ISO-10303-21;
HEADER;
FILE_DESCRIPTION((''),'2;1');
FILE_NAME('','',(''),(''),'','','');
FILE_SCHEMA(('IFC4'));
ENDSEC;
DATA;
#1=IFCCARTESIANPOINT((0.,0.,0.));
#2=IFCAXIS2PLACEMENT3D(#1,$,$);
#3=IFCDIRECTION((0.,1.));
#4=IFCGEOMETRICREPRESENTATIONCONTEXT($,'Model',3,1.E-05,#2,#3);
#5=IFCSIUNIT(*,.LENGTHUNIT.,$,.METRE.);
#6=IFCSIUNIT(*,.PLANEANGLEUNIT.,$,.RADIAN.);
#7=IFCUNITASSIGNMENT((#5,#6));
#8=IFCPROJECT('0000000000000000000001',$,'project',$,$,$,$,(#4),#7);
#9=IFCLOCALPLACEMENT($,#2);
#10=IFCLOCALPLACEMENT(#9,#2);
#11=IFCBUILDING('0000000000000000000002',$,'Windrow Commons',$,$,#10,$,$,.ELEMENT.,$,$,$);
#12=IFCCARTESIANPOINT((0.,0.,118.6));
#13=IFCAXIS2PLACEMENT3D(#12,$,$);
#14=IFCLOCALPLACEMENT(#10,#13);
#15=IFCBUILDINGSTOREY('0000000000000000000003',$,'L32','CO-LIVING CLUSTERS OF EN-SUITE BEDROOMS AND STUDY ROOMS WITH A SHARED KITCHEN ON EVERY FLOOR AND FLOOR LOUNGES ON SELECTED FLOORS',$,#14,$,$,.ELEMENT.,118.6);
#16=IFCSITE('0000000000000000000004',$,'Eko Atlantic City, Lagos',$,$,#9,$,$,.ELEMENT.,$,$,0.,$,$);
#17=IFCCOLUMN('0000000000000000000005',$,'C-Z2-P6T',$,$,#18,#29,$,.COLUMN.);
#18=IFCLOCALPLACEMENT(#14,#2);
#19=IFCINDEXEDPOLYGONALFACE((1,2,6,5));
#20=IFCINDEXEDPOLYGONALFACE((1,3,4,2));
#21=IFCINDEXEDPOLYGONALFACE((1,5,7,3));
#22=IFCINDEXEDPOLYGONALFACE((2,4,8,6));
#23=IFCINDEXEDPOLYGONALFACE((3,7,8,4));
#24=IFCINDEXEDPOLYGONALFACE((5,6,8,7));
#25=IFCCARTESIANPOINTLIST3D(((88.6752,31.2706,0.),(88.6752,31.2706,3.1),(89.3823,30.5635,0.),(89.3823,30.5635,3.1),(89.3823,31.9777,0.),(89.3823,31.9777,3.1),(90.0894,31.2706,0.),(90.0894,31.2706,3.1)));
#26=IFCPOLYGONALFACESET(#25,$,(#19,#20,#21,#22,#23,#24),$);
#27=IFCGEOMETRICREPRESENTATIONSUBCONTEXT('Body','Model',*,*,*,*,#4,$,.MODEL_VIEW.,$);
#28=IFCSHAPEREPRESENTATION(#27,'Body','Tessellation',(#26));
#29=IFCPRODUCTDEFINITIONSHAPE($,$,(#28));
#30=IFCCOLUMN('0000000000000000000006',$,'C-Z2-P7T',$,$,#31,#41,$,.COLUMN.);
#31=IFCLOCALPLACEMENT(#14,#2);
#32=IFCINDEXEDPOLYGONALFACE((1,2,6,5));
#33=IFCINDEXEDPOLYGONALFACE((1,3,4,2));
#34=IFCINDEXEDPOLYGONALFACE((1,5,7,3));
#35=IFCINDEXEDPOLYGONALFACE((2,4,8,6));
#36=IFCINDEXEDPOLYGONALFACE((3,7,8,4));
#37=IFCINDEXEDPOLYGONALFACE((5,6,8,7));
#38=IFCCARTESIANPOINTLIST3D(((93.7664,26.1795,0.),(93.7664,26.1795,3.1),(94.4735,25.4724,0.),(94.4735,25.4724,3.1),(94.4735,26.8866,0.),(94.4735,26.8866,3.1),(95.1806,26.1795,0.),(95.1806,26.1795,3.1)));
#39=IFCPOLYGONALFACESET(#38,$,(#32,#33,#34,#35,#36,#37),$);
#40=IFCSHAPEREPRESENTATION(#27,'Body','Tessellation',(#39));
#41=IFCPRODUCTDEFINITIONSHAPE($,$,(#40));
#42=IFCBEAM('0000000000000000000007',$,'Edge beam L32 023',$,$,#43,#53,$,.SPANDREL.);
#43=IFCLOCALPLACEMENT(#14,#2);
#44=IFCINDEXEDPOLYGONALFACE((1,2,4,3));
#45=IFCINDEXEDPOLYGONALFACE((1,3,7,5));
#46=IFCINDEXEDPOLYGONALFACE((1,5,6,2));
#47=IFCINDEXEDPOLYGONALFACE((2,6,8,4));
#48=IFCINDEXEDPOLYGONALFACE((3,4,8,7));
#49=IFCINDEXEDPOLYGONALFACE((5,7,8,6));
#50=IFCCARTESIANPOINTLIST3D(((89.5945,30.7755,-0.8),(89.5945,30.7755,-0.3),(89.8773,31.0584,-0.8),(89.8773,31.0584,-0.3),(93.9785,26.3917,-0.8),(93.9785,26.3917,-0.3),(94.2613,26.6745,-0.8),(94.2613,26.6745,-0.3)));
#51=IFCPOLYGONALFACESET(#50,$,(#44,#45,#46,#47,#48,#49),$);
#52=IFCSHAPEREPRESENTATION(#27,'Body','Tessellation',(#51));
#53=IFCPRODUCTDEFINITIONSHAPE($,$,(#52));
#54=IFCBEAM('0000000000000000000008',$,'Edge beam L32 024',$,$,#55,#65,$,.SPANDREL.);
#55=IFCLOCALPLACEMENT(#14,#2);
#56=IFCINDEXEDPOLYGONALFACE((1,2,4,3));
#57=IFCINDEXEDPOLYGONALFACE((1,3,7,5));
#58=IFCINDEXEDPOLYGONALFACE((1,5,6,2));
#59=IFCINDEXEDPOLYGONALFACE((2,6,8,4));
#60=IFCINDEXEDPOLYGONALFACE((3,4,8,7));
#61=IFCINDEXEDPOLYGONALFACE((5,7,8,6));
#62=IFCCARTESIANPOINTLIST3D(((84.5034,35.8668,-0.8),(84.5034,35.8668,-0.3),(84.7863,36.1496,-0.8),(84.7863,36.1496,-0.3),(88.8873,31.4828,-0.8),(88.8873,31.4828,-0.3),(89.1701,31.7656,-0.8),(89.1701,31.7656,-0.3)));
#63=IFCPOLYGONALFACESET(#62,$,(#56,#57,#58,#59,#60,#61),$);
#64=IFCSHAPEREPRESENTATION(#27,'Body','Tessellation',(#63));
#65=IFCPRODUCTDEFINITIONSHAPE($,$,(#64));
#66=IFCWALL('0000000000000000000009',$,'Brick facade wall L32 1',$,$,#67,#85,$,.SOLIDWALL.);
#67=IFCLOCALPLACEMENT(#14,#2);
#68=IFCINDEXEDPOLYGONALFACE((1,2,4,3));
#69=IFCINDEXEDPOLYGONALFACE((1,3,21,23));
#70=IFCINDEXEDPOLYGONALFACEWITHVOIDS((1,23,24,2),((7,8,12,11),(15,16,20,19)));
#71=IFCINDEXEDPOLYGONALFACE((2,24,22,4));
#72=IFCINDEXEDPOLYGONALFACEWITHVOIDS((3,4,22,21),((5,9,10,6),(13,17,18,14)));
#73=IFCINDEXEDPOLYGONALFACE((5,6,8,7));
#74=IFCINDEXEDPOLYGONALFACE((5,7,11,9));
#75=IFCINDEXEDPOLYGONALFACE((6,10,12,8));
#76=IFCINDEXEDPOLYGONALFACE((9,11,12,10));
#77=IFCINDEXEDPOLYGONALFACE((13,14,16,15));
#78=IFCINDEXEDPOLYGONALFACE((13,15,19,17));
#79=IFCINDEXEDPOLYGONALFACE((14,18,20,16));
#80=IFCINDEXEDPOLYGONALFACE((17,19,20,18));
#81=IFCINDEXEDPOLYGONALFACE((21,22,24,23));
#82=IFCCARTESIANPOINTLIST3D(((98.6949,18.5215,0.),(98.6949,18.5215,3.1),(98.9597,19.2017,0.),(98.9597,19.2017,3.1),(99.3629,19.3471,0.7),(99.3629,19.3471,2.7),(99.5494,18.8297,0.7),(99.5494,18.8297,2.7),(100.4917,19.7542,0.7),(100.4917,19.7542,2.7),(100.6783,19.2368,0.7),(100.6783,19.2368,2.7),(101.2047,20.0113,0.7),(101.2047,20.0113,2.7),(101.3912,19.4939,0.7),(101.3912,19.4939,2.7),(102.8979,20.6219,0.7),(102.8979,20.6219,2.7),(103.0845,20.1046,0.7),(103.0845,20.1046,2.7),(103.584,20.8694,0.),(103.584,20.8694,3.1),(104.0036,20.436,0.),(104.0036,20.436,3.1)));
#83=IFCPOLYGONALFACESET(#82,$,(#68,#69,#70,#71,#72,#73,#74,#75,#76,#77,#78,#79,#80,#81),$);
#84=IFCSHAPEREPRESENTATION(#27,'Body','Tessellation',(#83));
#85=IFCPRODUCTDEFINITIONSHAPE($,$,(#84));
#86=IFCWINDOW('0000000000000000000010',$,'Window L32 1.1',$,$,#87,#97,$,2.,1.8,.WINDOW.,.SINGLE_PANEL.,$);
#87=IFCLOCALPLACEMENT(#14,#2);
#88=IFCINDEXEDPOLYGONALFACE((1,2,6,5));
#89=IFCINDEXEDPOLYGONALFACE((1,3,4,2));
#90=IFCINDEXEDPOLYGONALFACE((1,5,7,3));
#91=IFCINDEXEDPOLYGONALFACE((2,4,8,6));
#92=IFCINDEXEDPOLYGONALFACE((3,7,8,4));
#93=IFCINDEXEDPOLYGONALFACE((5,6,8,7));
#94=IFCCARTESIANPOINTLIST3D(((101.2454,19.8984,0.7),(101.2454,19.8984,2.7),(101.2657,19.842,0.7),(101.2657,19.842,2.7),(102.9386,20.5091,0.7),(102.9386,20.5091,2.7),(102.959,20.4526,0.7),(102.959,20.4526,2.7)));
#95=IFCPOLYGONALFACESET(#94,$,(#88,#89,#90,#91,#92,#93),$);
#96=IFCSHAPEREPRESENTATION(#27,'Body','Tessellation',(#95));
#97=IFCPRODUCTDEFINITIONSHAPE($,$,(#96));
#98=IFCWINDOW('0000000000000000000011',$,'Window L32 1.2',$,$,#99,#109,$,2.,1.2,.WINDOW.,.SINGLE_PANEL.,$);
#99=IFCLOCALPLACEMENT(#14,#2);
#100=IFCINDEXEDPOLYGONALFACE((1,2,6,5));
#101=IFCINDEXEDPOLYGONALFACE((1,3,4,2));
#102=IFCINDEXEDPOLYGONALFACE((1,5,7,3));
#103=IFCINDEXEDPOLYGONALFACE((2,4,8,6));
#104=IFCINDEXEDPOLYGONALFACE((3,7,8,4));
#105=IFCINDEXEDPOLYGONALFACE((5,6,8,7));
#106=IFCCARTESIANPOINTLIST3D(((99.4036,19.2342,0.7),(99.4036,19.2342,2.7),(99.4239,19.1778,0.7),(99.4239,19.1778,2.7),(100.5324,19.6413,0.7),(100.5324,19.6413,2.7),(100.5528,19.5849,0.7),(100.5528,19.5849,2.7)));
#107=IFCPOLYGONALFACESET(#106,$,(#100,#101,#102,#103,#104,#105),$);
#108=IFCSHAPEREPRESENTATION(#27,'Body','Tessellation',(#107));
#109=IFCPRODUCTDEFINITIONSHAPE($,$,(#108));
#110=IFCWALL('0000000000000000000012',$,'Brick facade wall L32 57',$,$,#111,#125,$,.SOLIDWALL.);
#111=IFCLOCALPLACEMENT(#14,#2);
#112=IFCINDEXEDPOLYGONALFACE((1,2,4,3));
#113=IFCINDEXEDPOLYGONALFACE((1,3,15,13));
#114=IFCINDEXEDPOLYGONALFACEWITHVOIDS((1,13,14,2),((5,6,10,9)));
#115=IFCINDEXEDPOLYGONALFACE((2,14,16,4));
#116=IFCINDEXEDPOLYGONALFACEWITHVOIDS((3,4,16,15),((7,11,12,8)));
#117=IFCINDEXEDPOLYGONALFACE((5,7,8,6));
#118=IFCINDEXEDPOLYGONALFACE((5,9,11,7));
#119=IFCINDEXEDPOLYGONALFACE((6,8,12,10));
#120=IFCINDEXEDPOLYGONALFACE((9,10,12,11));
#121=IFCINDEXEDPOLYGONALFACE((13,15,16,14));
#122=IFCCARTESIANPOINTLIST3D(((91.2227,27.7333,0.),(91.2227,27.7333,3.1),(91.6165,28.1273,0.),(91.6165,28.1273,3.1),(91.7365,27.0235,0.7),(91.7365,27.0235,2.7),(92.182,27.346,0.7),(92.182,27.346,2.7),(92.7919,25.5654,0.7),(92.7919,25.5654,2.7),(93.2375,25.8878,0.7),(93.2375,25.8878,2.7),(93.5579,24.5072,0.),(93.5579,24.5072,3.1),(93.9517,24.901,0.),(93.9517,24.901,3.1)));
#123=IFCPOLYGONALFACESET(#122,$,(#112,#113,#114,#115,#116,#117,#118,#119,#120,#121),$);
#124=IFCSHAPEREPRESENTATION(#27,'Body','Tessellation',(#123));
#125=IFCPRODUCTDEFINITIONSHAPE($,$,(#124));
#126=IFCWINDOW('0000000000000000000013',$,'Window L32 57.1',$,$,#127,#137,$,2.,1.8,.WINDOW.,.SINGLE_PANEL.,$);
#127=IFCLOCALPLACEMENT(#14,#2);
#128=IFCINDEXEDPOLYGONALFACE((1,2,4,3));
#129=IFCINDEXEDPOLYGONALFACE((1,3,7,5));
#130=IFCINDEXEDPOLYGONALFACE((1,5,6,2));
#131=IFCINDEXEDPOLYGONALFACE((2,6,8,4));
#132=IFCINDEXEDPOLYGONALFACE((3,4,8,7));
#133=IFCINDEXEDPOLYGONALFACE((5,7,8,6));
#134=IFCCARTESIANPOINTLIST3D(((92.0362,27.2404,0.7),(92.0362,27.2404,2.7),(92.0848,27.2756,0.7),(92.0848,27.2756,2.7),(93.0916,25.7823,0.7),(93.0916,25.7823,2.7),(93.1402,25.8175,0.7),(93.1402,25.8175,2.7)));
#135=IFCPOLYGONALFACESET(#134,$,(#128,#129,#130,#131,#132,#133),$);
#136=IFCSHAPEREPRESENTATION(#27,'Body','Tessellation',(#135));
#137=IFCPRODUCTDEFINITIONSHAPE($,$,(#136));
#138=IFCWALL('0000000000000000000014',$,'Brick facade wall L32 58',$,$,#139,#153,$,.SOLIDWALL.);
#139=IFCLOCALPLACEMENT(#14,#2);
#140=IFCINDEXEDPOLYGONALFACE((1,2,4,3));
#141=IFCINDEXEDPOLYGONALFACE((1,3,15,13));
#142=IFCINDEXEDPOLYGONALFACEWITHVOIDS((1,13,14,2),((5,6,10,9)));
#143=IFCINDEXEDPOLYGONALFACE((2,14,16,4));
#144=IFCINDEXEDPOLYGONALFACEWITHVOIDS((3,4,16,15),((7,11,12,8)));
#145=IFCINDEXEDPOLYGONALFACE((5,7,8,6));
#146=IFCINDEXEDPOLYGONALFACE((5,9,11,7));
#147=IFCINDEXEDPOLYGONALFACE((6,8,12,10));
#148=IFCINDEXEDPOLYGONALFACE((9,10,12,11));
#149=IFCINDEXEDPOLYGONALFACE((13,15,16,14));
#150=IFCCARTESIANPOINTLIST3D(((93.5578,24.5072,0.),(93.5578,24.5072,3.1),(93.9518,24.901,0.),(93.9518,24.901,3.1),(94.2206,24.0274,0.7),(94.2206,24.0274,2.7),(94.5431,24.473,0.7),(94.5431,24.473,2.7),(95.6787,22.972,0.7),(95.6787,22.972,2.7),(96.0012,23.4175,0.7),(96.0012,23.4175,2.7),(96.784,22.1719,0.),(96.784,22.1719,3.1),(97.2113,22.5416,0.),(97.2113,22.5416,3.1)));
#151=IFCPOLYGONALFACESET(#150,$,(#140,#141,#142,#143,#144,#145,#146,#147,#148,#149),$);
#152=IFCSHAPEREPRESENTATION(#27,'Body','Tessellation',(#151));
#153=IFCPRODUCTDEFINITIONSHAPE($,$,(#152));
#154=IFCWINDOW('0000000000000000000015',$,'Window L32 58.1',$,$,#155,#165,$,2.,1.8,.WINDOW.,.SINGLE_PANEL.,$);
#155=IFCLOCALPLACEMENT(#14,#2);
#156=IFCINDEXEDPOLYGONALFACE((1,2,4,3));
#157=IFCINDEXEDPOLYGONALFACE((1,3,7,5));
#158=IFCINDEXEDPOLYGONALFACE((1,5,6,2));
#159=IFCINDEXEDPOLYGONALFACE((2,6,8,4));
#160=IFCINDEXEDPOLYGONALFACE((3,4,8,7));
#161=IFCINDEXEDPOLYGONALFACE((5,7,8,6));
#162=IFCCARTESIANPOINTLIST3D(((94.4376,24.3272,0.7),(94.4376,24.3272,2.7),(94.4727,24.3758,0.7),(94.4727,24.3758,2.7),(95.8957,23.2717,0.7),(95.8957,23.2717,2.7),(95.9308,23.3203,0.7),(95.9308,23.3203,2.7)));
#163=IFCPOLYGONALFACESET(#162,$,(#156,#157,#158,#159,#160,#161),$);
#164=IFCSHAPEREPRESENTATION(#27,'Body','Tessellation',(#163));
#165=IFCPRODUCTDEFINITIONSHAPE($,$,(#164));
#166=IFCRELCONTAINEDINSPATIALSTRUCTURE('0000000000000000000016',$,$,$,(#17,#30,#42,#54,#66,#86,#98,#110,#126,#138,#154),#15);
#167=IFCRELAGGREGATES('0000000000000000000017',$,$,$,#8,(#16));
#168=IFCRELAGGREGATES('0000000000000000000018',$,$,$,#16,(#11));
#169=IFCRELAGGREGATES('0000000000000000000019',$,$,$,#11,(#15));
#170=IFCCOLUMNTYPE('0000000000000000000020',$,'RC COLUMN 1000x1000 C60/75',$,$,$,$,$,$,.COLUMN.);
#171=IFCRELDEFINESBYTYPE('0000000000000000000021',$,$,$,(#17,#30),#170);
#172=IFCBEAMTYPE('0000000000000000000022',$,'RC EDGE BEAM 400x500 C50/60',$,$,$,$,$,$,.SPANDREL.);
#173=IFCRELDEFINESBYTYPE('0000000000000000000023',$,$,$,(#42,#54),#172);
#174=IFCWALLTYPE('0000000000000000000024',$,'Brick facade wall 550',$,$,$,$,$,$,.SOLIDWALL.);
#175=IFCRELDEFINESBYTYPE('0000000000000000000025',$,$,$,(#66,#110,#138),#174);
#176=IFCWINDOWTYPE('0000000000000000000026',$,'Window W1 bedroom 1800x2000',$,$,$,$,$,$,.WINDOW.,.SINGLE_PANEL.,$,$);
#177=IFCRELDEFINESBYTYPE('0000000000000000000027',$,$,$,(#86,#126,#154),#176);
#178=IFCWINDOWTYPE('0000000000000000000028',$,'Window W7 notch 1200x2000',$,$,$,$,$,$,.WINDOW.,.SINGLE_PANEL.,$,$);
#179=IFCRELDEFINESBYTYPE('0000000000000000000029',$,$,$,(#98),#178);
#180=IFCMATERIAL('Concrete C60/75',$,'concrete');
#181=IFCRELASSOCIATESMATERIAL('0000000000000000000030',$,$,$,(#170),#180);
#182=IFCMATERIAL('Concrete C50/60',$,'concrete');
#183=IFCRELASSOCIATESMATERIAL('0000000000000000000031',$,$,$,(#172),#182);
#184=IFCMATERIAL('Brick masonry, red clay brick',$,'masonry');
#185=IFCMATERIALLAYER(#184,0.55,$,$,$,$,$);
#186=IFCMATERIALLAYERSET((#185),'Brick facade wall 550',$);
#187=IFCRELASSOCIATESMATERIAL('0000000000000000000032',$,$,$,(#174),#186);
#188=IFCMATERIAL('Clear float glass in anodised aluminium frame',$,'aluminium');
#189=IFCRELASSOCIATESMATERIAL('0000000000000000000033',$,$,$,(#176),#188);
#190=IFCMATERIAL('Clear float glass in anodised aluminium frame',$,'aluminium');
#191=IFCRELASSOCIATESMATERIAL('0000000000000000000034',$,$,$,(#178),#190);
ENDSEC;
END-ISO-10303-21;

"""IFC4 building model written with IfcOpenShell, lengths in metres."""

from ifc_helpers import new_model, si_unit, direction, frame, frame_2d, origin, origin_2d, place, context, subcontext, project, spatial, polyline, rectangle, outline, extrude, material, layer, layer_set, material_profile, profile_set, type_object, element, fill, save


model = new_model("IFC4")

# Units and contexts
model_context = context("Model", 3, precision=1e-05, world=origin(), true_north=direction((0.0, 1.0)))
body_context = subcontext(model_context, "Body", "Model", "MODEL_VIEW")
ifc_project = project(units=[si_unit("LENGTHUNIT", "METRE"), si_unit("PLANEANGLEUNIT", "RADIAN")], contexts=[model_context])

# Site, building, storey
site_placement = place(None, origin())
site = spatial("IfcSite", under=ifc_project, at=site_placement, Name="Eko Atlantic City, Lagos", CompositionType="ELEMENT", RefElevation=0.0)
building_placement = place(site_placement, origin())
building = spatial("IfcBuilding", under=site, at=building_placement, Name="Windrow Commons", CompositionType="ELEMENT")
storey_placement = place(building_placement, frame((0.0, 0.0, 118.6)))
storey = spatial("IfcBuildingStorey", under=building, at=storey_placement, Name="L32", Description="CO-LIVING CLUSTERS OF EN-SUITE BEDROOMS AND STUDY ROOMS WITH A SHARED KITCHEN ON EVERY FLOOR AND FLOOR LOUNGES ON SELECTED FLOORS", CompositionType="ELEMENT", Elevation=118.6)

# Columns
ifc_material_1 = material(Name="Concrete C60/75", Category="concrete")
ifc_material_profile_1 = material_profile(ifc_material_1, rectangle(XDim=1.0, YDim=1.0, at=origin_2d()))
ifc_profile_set_1 = profile_set([ifc_material_profile_1], Name="Concrete C60/75")
column_type = type_object("IfcColumnType", Name="RC COLUMN 1000x1000 C60/75", PredefinedType="COLUMN", material=ifc_profile_set_1)
for number, where, z_axis, x_axis, name in (
    (1, (89.3823, 31.2706, 0.0), (0.0, 0.0, 1.0), (0.707107, -0.707107, 0.0), "C-Z2-P6T"),
    (2, (94.4735, 26.1795, 0.0), (0.0, 0.0, 1.0), (0.707107, -0.707107, 0.0), "C-Z2-P7T"),
):
    element("IfcColumn", number, at=place(storey_placement, frame(where, z_axis=z_axis, x_axis=x_axis)), inside=storey, type_object=column_type, Name=name, PredefinedType="COLUMN", context=body_context, shape_type="SweptSolid", body=[
        extrude(rectangle(XDim=1.0, YDim=1.0, at=origin_2d()), origin(), (0.0, 0.0, 1.0), 3.1),
    ])

# Beams
ifc_material_2 = material(Name="Concrete C50/60", Category="concrete")
ifc_material_profile_2 = material_profile(ifc_material_2, rectangle(XDim=0.4, YDim=0.5, at=origin_2d()))
ifc_profile_set_2 = profile_set([ifc_material_profile_2], Name="Concrete C50/60")
beam_type = type_object("IfcBeamType", Name="RC EDGE BEAM 400x500 C50/60", PredefinedType="SPANDREL", material=ifc_profile_set_2)
for number, where, z_axis, x_axis, name in (
    (3, (94.1199, 26.5331, -0.55), (-0.707115, 0.707099, 0.0), (-0.707099, -0.707115, 0.0), "Edge beam L32 023"),
    (4, (89.0287, 31.6242, -0.55), (-0.707099, 0.707115, 0.0), (-0.707115, -0.707099, 0.0), "Edge beam L32 024"),
):
    element("IfcBeam", number, at=place(storey_placement, frame(where, z_axis=z_axis, x_axis=x_axis)), inside=storey, type_object=beam_type, Name=name, PredefinedType="SPANDREL", context=body_context, shape_type="SweptSolid", body=[
        extrude(rectangle(XDim=0.4, YDim=0.5, at=origin_2d()), origin(), (0.0, 0.0, 1.0), 6.1998),
    ])

# Wall, openings, windows
ifc_material_3 = material(Name="Brick masonry, red clay brick", Category="masonry")
ifc_layer_1 = layer(ifc_material_3, 0.55)
ifc_layer_set_1 = layer_set([ifc_layer_1], Name="Brick facade wall 550")
wall_type_1 = type_object("IfcWallType", Name="Brick facade wall 550", PredefinedType="SOLIDWALL", material=ifc_layer_set_1)
wall_1_placement = place(storey_placement, frame((98.8273, 18.8616, 0.0), z_axis=(0.0, 0.0, 1.0), x_axis=(0.940697, 0.339249, 0.0)))
wall_1 = element("IfcWall", 5, at=wall_1_placement, inside=storey, type_object=wall_type_1, Name="Brick facade wall L32 1", PredefinedType="SOLIDWALL", context=body_context, shape_type="SweptSolid", body=[
    extrude(outline(polyline([(-0.2399, -0.275), (5.4034, -0.275), (5.1558, 0.275), (0.2399, 0.275), (-0.2399, -0.275)])), origin(), (0.0, 0.0, 1.0), 3.1),
])
opening_1_placement = place(wall_1_placement, frame((2.6264, 0.0, 0.7)))
opening_1 = element("IfcOpeningElement", 6, at=opening_1_placement, cuts=wall_1, PredefinedType="OPENING", context=body_context, shape_type="SweptSolid", body=[
    extrude(rectangle(XDim=1.8, YDim=2.0, at=frame_2d((0.9, 1.0))), frame((0.0, 0.285, 0.0), z_axis=(0.0, -1.0, 0.0), x_axis=(1.0, 0.0, 0.0)), (0.0, 0.0, 1.0), 0.57),
])
opening_2_placement = place(wall_1_placement, frame((0.6685, 0.0, 0.7)))
opening_2 = element("IfcOpeningElement", 7, at=opening_2_placement, cuts=wall_1, PredefinedType="OPENING", context=body_context, shape_type="SweptSolid", body=[
    extrude(rectangle(XDim=1.2, YDim=2.0, at=frame_2d((0.6, 1.0))), frame((0.0, 0.285, 0.0), z_axis=(0.0, -1.0, 0.0), x_axis=(1.0, 0.0, 0.0)), (0.0, 0.0, 1.0), 0.57),
])
ifc_material_4 = material(Name="Clear float glass in anodised aluminium frame", Category="aluminium")
window_type_1 = type_object("IfcWindowType", Name="Window W1 bedroom 1800x2000", PartitioningType="SINGLE_PANEL", PredefinedType="WINDOW", material=ifc_material_4)
window_1_placement = place(opening_1_placement, origin())
window_1 = element("IfcWindow", 8, at=window_1_placement, inside=storey, type_object=window_type_1, Name="Window L32 1.1", OverallHeight=2.0, OverallWidth=1.8, PartitioningType="SINGLE_PANEL", PredefinedType="WINDOW", context=body_context, shape_type="SweptSolid", body=[
    extrude(rectangle(XDim=1.8, YDim=2.0, at=frame_2d((0.9, 1.0))), frame((0.0, 0.155, 0.0), z_axis=(0.0, -1.0, 0.0), x_axis=(1.0, 0.0, 0.0)), (0.0, 0.0, 1.0), 0.06),
])
fill(opening_1, window_1)
ifc_material_5 = material(Name="Clear float glass in anodised aluminium frame", Category="aluminium")
window_type_2 = type_object("IfcWindowType", Name="Window W7 notch 1200x2000", PartitioningType="SINGLE_PANEL", PredefinedType="WINDOW", material=ifc_material_5)
window_2_placement = place(opening_2_placement, origin())
window_2 = element("IfcWindow", 9, at=window_2_placement, inside=storey, type_object=window_type_2, Name="Window L32 1.2", OverallHeight=2.0, OverallWidth=1.2, PartitioningType="SINGLE_PANEL", PredefinedType="WINDOW", context=body_context, shape_type="SweptSolid", body=[
    extrude(rectangle(XDim=1.2, YDim=2.0, at=frame_2d((0.6, 1.0))), frame((0.0, 0.155, 0.0), z_axis=(0.0, -1.0, 0.0), x_axis=(1.0, 0.0, 0.0)), (0.0, 0.0, 1.0), 0.06),
])
fill(opening_2, window_2)

# Walls, openings, windows
wall_2_placement = place(storey_placement, frame((91.4196, 27.9303, 0.0), z_axis=(0.0, 0.0, 1.0), x_axis=(0.586343, -0.810063, 0.0)))
wall_2 = element("IfcWall", 10, at=wall_2_placement, inside=storey, type_object=wall_type_1, Name="Brick facade wall L32 57", PredefinedType="SOLIDWALL", context=body_context, shape_type="SweptSolid", body=[
    extrude(outline(polyline([(0.0441, -0.275), (4.0267, -0.275), (3.9386, 0.275), (-0.0441, 0.275), (0.0441, -0.275)])), origin(), (0.0, 0.0, 1.0), 3.1),
])
opening_3_placement = place(wall_2_placement, frame((0.9204, 0.0, 0.7)))
opening_3 = element("IfcOpeningElement", 11, at=opening_3_placement, cuts=wall_2, PredefinedType="OPENING", context=body_context, shape_type="SweptSolid", body=[
    extrude(rectangle(XDim=1.8, YDim=2.0, at=frame_2d((0.9, 1.0))), frame((0.0, 0.285, 0.0), z_axis=(0.0, -1.0, 0.0), x_axis=(1.0, 0.0, 0.0)), (0.0, 0.0, 1.0), 0.57),
])
window_3_placement = place(opening_3_placement, origin())
window_3 = element("IfcWindow", 12, at=window_3_placement, inside=storey, type_object=window_type_1, Name="Window L32 57.1", OverallHeight=2.0, OverallWidth=1.8, PartitioningType="SINGLE_PANEL", PredefinedType="WINDOW", context=body_context, shape_type="SweptSolid", body=[
    extrude(rectangle(XDim=1.8, YDim=2.0, at=frame_2d((0.9, 1.0))), frame((0.0, 0.155, 0.0), z_axis=(0.0, -1.0, 0.0), x_axis=(1.0, 0.0, 0.0)), (0.0, 0.0, 1.0), 0.06),
])
fill(opening_3, window_3)
wall_3_placement = place(storey_placement, frame((93.7548, 24.7041, 0.0), z_axis=(0.0, 0.0, 1.0), x_axis=(0.810053, -0.586357, 0.0)))
wall_3 = element("IfcWall", 13, at=wall_3_placement, inside=storey, type_object=wall_type_1, Name="Brick facade wall L32 58", PredefinedType="SOLIDWALL", context=body_context, shape_type="SweptSolid", body=[
    extrude(outline(polyline([(-0.0441, -0.275), (3.9386, -0.275), (4.0679, 0.275), (0.0441, 0.275), (-0.0441, -0.275)])), origin(), (0.0, 0.0, 1.0), 3.1),
])
opening_4_placement = place(wall_3_placement, frame((0.7741, 0.0, 0.7)))
opening_4 = element("IfcOpeningElement", 14, at=opening_4_placement, cuts=wall_3, PredefinedType="OPENING", context=body_context, shape_type="SweptSolid", body=[
    extrude(rectangle(XDim=1.8, YDim=2.0, at=frame_2d((0.9, 1.0))), frame((0.0, 0.285, 0.0), z_axis=(0.0, -1.0, 0.0), x_axis=(1.0, 0.0, 0.0)), (0.0, 0.0, 1.0), 0.57),
])
window_4_placement = place(opening_4_placement, origin())
window_4 = element("IfcWindow", 15, at=window_4_placement, inside=storey, type_object=window_type_1, Name="Window L32 58.1", OverallHeight=2.0, OverallWidth=1.8, PartitioningType="SINGLE_PANEL", PredefinedType="WINDOW", context=body_context, shape_type="SweptSolid", body=[
    extrude(rectangle(XDim=1.8, YDim=2.0, at=frame_2d((0.9, 1.0))), frame((0.0, 0.155, 0.0), z_axis=(0.0, -1.0, 0.0), x_axis=(1.0, 0.0, 0.0)), (0.0, 0.0, 1.0), 0.06),
])
fill(opening_4, window_4)

save(model, "model.ifc")
